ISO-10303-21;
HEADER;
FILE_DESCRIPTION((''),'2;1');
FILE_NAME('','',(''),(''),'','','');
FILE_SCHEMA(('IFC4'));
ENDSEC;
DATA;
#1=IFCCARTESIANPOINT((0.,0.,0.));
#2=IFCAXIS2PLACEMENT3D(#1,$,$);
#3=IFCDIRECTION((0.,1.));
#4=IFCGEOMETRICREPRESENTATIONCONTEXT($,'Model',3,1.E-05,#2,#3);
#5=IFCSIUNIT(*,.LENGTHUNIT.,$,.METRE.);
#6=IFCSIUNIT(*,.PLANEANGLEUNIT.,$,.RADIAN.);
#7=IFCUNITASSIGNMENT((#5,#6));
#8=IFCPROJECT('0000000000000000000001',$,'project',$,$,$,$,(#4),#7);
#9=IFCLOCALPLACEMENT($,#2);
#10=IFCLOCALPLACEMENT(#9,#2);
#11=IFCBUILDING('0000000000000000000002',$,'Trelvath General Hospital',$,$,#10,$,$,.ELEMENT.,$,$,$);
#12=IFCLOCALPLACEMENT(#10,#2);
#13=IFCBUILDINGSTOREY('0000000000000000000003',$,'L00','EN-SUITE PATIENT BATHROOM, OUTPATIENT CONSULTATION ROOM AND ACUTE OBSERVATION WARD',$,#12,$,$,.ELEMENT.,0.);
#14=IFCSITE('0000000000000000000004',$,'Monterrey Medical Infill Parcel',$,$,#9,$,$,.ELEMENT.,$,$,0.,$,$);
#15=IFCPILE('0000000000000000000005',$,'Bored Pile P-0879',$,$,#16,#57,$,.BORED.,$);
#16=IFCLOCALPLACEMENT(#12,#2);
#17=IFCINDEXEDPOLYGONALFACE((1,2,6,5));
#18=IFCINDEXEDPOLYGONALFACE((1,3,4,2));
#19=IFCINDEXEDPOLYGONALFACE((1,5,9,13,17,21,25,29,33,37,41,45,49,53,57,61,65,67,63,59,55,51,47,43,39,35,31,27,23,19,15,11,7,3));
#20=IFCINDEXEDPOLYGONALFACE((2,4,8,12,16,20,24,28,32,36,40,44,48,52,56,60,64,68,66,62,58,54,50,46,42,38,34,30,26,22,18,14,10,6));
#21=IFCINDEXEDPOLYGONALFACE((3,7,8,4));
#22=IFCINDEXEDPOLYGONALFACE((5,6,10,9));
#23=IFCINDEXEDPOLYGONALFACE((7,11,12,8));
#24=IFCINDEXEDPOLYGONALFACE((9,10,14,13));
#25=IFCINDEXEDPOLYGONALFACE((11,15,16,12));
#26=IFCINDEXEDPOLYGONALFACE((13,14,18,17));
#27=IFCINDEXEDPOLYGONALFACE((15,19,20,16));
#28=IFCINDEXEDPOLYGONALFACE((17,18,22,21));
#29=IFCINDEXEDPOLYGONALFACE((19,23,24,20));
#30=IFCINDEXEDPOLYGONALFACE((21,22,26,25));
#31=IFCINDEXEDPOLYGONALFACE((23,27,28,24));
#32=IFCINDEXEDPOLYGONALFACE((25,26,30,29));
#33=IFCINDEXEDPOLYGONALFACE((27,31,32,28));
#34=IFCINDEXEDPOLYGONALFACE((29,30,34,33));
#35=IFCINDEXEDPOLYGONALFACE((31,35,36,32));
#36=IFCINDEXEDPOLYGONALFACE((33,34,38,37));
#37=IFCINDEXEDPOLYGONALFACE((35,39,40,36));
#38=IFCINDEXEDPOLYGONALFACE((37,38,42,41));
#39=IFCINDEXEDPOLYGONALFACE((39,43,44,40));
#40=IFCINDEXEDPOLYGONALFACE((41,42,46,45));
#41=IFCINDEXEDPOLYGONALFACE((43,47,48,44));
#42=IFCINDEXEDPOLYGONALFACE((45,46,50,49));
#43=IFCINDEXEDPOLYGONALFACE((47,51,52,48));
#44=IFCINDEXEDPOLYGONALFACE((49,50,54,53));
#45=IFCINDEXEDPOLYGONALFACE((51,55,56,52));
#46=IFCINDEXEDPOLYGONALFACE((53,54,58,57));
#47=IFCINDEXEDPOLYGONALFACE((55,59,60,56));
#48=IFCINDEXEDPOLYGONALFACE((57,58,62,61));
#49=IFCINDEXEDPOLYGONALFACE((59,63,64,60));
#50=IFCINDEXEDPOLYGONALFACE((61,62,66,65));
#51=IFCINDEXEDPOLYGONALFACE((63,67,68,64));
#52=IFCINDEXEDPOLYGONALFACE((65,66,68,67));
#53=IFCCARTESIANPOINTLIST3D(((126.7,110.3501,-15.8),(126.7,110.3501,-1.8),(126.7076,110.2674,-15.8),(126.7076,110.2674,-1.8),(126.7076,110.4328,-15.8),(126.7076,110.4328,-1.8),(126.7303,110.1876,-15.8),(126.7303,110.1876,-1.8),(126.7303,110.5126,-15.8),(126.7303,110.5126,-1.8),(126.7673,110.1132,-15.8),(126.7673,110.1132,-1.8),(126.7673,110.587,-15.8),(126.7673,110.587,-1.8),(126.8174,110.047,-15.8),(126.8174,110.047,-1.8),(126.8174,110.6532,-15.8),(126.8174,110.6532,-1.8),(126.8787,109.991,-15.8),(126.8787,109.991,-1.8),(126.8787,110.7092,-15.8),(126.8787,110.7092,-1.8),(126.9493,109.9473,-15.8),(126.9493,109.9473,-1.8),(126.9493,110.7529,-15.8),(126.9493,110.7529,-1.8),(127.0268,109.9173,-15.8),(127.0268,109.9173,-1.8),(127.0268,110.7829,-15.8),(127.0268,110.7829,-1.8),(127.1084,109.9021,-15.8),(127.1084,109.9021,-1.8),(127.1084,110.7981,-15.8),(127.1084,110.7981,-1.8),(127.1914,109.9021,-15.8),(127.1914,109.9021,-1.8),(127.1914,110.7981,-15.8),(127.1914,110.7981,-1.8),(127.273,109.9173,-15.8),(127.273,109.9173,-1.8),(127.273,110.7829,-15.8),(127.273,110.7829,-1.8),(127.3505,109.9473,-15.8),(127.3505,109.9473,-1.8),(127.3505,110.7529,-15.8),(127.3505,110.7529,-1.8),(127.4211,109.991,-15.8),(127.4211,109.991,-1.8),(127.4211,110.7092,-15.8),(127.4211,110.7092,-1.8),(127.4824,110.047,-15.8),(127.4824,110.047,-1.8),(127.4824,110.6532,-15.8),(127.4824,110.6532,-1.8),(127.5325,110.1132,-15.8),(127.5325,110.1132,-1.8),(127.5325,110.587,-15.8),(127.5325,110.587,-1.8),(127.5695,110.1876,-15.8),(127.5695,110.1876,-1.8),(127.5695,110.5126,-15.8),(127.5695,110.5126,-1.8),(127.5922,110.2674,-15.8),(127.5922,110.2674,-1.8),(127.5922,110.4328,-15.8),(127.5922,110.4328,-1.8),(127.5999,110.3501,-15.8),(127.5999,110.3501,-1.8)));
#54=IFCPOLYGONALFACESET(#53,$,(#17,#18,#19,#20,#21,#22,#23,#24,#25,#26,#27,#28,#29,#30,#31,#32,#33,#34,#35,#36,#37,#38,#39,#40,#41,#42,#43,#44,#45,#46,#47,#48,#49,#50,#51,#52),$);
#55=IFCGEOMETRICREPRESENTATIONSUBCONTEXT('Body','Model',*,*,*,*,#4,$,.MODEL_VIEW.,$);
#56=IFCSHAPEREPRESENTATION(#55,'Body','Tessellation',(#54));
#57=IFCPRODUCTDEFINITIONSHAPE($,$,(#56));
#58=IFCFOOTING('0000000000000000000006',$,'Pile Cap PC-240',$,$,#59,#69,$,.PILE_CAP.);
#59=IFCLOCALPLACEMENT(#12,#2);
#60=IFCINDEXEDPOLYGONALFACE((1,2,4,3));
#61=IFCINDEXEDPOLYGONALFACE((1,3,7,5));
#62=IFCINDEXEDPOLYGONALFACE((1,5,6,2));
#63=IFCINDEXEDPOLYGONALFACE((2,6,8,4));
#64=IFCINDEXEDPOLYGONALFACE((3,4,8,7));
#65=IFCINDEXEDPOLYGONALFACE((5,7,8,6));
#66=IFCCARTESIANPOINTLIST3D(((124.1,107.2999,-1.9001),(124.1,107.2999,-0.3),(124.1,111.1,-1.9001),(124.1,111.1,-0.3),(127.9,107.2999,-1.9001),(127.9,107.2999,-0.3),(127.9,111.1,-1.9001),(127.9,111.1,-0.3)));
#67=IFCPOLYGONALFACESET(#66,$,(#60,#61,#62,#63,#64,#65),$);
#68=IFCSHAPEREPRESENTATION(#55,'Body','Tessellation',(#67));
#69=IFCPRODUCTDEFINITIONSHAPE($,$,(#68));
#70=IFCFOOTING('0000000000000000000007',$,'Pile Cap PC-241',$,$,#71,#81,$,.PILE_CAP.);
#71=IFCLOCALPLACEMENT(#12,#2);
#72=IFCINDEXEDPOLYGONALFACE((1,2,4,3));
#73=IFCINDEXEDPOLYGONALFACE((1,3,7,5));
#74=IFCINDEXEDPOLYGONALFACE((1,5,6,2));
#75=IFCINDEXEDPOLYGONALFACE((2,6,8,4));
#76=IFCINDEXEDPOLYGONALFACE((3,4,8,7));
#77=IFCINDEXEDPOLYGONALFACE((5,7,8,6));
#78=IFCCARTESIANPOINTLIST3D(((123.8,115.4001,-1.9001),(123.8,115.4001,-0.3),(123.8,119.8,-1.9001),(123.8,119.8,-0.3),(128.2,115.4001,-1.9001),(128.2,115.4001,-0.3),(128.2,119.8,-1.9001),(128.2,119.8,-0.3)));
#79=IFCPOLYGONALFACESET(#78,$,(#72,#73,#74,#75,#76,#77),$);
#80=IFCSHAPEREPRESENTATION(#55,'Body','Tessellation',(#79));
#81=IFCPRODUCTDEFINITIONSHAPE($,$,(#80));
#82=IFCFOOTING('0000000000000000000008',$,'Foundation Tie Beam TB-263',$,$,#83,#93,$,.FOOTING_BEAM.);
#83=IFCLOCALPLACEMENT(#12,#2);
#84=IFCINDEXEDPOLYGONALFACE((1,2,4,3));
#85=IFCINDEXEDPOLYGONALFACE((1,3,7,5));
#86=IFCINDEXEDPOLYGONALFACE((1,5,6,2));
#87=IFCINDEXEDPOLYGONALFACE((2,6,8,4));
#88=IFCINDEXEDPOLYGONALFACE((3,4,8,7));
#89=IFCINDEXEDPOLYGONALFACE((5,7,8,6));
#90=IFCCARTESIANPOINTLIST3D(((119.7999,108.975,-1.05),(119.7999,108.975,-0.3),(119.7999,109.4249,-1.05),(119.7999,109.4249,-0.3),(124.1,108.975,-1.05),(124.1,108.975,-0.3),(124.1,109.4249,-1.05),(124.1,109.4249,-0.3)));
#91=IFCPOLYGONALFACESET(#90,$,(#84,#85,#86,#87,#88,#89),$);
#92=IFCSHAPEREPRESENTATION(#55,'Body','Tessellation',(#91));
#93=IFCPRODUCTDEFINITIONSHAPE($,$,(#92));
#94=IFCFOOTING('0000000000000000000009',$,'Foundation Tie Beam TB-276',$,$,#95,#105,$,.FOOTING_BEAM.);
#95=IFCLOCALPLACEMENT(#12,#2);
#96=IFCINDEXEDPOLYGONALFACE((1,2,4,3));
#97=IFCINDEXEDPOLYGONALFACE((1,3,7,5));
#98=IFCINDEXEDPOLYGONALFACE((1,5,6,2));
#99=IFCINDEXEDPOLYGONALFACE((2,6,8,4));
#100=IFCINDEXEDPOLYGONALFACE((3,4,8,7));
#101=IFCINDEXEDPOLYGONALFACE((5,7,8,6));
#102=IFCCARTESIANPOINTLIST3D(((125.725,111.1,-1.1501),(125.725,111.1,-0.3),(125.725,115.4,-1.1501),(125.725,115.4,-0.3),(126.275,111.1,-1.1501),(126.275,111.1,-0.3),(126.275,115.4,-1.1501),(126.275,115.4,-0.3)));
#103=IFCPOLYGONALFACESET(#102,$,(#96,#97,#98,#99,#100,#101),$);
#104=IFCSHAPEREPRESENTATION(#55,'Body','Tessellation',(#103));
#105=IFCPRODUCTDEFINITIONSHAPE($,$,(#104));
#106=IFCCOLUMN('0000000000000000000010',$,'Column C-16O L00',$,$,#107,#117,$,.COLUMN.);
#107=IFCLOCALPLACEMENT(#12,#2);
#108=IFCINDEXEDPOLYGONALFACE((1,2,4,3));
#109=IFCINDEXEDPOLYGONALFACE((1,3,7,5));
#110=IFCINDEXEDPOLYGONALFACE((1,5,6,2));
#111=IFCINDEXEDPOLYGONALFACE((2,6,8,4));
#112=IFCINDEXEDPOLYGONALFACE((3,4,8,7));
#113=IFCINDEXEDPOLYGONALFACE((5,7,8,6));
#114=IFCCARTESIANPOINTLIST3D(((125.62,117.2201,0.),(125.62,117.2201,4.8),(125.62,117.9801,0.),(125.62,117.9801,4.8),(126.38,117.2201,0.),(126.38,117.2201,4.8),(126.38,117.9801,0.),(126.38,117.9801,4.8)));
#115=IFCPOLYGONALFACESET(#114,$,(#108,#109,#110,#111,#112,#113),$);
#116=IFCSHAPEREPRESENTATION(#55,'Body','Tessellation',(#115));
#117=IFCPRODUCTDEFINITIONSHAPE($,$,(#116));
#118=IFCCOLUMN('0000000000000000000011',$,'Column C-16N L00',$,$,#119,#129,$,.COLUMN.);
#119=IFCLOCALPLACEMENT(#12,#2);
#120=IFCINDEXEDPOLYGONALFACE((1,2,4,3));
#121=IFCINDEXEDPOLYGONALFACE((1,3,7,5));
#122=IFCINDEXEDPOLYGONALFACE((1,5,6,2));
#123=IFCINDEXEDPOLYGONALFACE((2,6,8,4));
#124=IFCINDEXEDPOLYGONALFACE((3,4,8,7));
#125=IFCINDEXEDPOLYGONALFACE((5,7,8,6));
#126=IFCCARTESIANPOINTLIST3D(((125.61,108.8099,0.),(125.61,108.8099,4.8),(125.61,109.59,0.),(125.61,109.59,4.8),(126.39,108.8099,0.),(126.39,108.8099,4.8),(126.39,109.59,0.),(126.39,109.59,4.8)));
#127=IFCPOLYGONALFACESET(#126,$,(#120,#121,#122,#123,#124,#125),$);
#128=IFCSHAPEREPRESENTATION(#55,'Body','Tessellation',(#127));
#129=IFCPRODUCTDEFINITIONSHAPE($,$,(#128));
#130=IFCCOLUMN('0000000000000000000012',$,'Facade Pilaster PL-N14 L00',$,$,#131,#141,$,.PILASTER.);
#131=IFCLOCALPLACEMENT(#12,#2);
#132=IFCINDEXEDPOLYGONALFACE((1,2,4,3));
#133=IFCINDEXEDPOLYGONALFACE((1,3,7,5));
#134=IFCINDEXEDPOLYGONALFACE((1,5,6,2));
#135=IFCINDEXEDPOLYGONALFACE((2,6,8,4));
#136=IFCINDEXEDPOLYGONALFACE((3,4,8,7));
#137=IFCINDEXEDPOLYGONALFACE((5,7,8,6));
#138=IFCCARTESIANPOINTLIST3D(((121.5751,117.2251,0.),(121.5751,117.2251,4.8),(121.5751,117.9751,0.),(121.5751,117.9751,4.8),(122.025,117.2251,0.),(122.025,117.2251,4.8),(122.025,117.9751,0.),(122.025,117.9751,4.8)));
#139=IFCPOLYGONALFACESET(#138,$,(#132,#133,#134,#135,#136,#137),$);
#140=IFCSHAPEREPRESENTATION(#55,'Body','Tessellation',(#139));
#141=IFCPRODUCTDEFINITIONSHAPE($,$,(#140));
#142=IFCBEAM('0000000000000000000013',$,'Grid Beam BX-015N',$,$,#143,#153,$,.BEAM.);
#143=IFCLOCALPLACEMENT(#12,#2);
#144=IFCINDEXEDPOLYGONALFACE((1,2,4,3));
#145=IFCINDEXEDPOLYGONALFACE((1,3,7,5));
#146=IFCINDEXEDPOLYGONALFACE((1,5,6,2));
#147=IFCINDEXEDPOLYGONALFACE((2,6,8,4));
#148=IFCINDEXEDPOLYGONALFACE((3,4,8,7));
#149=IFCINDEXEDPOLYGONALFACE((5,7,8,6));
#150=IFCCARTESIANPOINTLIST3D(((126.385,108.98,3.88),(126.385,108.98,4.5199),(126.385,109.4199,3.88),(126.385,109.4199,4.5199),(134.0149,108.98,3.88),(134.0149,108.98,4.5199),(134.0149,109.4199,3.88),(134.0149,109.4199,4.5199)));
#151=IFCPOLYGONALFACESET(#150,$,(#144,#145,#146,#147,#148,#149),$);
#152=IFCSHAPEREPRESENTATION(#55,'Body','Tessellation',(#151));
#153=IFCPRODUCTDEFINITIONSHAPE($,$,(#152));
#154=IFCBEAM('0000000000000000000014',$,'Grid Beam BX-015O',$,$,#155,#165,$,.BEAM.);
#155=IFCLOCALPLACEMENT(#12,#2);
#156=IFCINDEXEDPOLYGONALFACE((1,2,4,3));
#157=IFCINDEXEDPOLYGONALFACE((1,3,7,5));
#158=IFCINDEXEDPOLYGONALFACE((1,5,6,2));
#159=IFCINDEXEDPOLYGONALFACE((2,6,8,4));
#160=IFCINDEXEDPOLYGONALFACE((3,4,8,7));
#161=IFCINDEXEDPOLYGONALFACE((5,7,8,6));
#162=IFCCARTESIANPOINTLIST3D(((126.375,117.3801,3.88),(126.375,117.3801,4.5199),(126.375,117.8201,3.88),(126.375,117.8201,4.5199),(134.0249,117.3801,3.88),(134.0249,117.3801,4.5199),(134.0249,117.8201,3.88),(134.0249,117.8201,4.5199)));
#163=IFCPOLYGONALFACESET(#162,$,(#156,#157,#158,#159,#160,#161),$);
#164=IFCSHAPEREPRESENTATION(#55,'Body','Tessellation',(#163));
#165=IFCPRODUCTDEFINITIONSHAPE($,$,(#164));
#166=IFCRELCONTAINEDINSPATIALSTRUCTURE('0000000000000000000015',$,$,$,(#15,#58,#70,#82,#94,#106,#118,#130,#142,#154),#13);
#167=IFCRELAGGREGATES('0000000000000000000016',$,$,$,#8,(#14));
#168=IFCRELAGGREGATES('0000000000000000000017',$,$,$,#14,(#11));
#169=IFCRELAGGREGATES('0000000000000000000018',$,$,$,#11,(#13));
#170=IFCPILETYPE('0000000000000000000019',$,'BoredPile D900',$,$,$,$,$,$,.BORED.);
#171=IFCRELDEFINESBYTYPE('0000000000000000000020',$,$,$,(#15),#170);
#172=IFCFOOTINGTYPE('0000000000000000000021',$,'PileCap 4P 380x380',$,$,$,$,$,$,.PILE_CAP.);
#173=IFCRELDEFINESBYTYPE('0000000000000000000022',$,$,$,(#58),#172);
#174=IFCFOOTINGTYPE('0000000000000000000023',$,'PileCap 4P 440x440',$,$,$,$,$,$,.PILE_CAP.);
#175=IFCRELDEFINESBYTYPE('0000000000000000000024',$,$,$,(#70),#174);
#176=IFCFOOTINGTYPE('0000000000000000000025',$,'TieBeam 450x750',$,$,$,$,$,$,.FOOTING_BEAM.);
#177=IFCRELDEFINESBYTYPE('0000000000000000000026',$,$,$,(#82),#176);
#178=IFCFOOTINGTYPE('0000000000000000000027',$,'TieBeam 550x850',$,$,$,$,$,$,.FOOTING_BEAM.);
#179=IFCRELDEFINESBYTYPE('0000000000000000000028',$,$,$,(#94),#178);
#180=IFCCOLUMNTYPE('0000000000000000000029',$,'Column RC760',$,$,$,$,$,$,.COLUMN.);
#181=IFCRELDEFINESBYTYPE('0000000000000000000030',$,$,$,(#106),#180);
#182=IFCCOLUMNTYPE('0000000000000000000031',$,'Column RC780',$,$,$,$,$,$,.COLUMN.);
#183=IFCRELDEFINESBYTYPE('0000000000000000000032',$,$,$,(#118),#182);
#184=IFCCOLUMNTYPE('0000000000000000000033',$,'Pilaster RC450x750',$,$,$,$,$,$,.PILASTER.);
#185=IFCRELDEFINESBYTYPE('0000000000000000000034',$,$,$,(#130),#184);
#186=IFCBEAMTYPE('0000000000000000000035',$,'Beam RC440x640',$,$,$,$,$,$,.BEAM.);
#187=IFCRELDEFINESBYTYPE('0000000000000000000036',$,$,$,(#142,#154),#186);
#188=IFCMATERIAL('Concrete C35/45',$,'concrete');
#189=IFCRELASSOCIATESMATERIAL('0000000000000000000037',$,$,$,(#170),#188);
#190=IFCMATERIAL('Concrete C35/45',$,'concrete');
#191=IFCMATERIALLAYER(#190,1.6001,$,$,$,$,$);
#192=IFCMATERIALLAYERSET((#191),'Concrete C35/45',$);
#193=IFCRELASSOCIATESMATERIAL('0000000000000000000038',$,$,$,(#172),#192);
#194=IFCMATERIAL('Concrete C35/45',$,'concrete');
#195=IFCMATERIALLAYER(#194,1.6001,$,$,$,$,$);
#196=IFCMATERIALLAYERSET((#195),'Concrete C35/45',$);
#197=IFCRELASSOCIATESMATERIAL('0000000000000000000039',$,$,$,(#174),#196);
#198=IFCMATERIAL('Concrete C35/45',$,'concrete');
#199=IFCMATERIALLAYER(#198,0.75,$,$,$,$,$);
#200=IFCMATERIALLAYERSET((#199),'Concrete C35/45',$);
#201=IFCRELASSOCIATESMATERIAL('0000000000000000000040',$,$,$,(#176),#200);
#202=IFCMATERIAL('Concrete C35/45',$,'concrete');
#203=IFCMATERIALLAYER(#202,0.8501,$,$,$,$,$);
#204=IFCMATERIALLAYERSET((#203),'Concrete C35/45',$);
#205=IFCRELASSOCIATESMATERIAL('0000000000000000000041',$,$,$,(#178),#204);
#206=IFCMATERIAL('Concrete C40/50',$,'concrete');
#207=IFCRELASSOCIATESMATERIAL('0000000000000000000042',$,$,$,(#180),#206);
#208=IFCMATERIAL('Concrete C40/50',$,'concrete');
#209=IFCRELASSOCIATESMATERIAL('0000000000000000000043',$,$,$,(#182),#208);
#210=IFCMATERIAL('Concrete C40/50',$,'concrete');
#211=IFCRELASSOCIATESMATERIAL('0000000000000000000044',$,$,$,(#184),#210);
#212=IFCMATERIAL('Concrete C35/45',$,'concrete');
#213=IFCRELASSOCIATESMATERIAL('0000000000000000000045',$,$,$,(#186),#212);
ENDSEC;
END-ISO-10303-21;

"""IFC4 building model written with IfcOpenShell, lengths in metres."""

from ifc_helpers import new_model, si_unit, direction, frame, origin, origin_2d, place, context, subcontext, project, spatial, rectangle, circle, extrude, material, layer, layer_set, material_profile, profile_set, type_object, element, save


model = new_model("IFC4")

# Units and contexts
model_context = context("Model", 3, precision=1e-05, world=origin(), true_north=direction((0.0, 1.0)))
body_context = subcontext(model_context, "Body", "Model", "MODEL_VIEW")
ifc_project = project(units=[si_unit("LENGTHUNIT", "METRE"), si_unit("PLANEANGLEUNIT", "RADIAN")], contexts=[model_context])

# Site, building, storey
site_placement = place(None, origin())
site = spatial("IfcSite", under=ifc_project, at=site_placement, Name="Monterrey Medical Infill Parcel", CompositionType="ELEMENT", RefElevation=0.0)
building_placement = place(site_placement, origin())
building = spatial("IfcBuilding", under=site, at=building_placement, Name="Trelvath General Hospital", CompositionType="ELEMENT")
storey_placement = place(building_placement, origin())
storey = spatial("IfcBuildingStorey", under=building, at=storey_placement, Name="L00", Description="EN-SUITE PATIENT BATHROOM, OUTPATIENT CONSULTATION ROOM AND ACUTE OBSERVATION WARD", CompositionType="ELEMENT", Elevation=0.0)

# Pile
ifc_material_1 = material(Name="Concrete C35/45", Category="concrete")
ifc_material_profile_1 = material_profile(ifc_material_1, circle(Radius=0.45, at=origin_2d()), Name="PILE900")
ifc_profile_set_1 = profile_set([ifc_material_profile_1], Name="Concrete C35/45")
pile_type_1 = type_object("IfcPileType", Name="BoredPile D900", PredefinedType="BORED", material=ifc_profile_set_1)
for number, where, z_axis, x_axis, name in (
    (1, (127.1499, 110.3501, -1.8), (0.0, 0.0, -1.0), (1.0, 0.0, 0.0), "Bored Pile P-0879"),
):
    element("IfcPile", number, at=place(storey_placement, frame(where, z_axis=z_axis, x_axis=x_axis)), inside=storey, type_object=pile_type_1, Name=name, PredefinedType="BORED", context=body_context, shape_type="SweptSolid", body=[
        extrude(circle(Radius=0.45, at=origin_2d()), origin(), (0.0, 0.0, 1.0), 14.0),
    ])

# Footings
ifc_material_2 = material(Name="Concrete C35/45", Category="concrete")
ifc_layer_1 = layer(ifc_material_2, 1.6001)
ifc_layer_set_1 = layer_set([ifc_layer_1], Name="Concrete C35/45")
footing_type_1 = type_object("IfcFootingType", Name="PileCap 4P 380x380", PredefinedType="PILE_CAP", material=ifc_layer_set_1)
footing_1_placement = place(storey_placement, frame((126.0, 109.2, -1.9001), z_axis=(0.0, 0.0, 1.0), x_axis=(1.0, 0.0, 0.0)))
element("IfcFooting", 2, at=footing_1_placement, inside=storey, type_object=footing_type_1, Name="Pile Cap PC-240", PredefinedType="PILE_CAP", context=body_context, shape_type="SweptSolid", body=[
    extrude(rectangle(XDim=3.8, YDim=3.8, at=origin_2d()), origin(), (0.0, 0.0, 1.0), 1.6001),
])
ifc_material_3 = material(Name="Concrete C35/45", Category="concrete")
ifc_layer_2 = layer(ifc_material_3, 1.6001)
ifc_layer_set_2 = layer_set([ifc_layer_2], Name="Concrete C35/45")
footing_type_2 = type_object("IfcFootingType", Name="PileCap 4P 440x440", PredefinedType="PILE_CAP", material=ifc_layer_set_2)
footing_2_placement = place(storey_placement, frame((126.0, 117.6001, -1.9001), z_axis=(0.0, 0.0, 1.0), x_axis=(1.0, 0.0, 0.0)))
element("IfcFooting", 3, at=footing_2_placement, inside=storey, type_object=footing_type_2, Name="Pile Cap PC-241", PredefinedType="PILE_CAP", context=body_context, shape_type="SweptSolid", body=[
    extrude(rectangle(XDim=4.3999, YDim=4.3999, at=origin_2d()), origin(), (0.0, 0.0, 1.0), 1.6001),
])
ifc_material_4 = material(Name="Concrete C35/45", Category="concrete")
ifc_layer_3 = layer(ifc_material_4, 0.75)
ifc_layer_set_3 = layer_set([ifc_layer_3], Name="Concrete C35/45")
footing_type_3 = type_object("IfcFootingType", Name="TieBeam 450x750", PredefinedType="FOOTING_BEAM", material=ifc_layer_set_3)
footing_3_placement = place(storey_placement, frame((121.95, 109.2, -1.05), z_axis=(0.0, 0.0, 1.0), x_axis=(1.0, 0.0, 0.0)))
element("IfcFooting", 4, at=footing_3_placement, inside=storey, type_object=footing_type_3, Name="Foundation Tie Beam TB-263", PredefinedType="FOOTING_BEAM", context=body_context, shape_type="SweptSolid", body=[
    extrude(rectangle(XDim=4.3, YDim=0.45, at=origin_2d()), origin(), (0.0, 0.0, 1.0), 0.75),
])
ifc_material_5 = material(Name="Concrete C35/45", Category="concrete")
ifc_layer_4 = layer(ifc_material_5, 0.8501)
ifc_layer_set_4 = layer_set([ifc_layer_4], Name="Concrete C35/45")
footing_type_4 = type_object("IfcFootingType", Name="TieBeam 550x850", PredefinedType="FOOTING_BEAM", material=ifc_layer_set_4)
footing_4_placement = place(storey_placement, frame((126.0, 113.25, -1.1501), z_axis=(0.0, 0.0, 1.0), x_axis=(1.0, 0.0, 0.0)))
element("IfcFooting", 5, at=footing_4_placement, inside=storey, type_object=footing_type_4, Name="Foundation Tie Beam TB-276", PredefinedType="FOOTING_BEAM", context=body_context, shape_type="SweptSolid", body=[
    extrude(rectangle(XDim=0.55, YDim=4.3, at=origin_2d()), origin(), (0.0, 0.0, 1.0), 0.8501),
])

# Columns
ifc_material_6 = material(Name="Concrete C40/50", Category="concrete")
ifc_material_profile_2 = material_profile(ifc_material_6, rectangle(XDim=0.76, YDim=0.76, at=origin_2d()), Name="RC760x760")
ifc_profile_set_2 = profile_set([ifc_material_profile_2], Name="Concrete C40/50")
column_type_1 = type_object("IfcColumnType", Name="Column RC760", PredefinedType="COLUMN", material=ifc_profile_set_2)
column_1_placement = place(storey_placement, frame((126.0, 117.6001, 0.0), z_axis=(0.0, 0.0, 1.0), x_axis=(1.0, 0.0, 0.0)))
element("IfcColumn", 6, at=column_1_placement, inside=storey, type_object=column_type_1, Name="Column C-16O L00", PredefinedType="COLUMN", context=body_context, shape_type="SweptSolid", body=[
    extrude(rectangle(XDim=0.76, YDim=0.76, at=origin_2d()), origin(), (0.0, 0.0, 1.0), 4.8),
])
ifc_material_7 = material(Name="Concrete C40/50", Category="concrete")
ifc_material_profile_3 = material_profile(ifc_material_7, rectangle(XDim=0.78, YDim=0.78, at=origin_2d()), Name="RC780x780")
ifc_profile_set_3 = profile_set([ifc_material_profile_3], Name="Concrete C40/50")
column_type_2 = type_object("IfcColumnType", Name="Column RC780", PredefinedType="COLUMN", material=ifc_profile_set_3)
column_2_placement = place(storey_placement, frame((126.0, 109.2, 0.0), z_axis=(0.0, 0.0, 1.0), x_axis=(1.0, 0.0, 0.0)))
element("IfcColumn", 7, at=column_2_placement, inside=storey, type_object=column_type_2, Name="Column C-16N L00", PredefinedType="COLUMN", context=body_context, shape_type="SweptSolid", body=[
    extrude(rectangle(XDim=0.78, YDim=0.78, at=origin_2d()), origin(), (0.0, 0.0, 1.0), 4.8),
])
ifc_material_8 = material(Name="Concrete C40/50", Category="concrete")
ifc_material_profile_4 = material_profile(ifc_material_8, rectangle(XDim=0.45, YDim=0.75, at=origin_2d()), Name="RC450x750")
ifc_profile_set_4 = profile_set([ifc_material_profile_4], Name="Concrete C40/50")
column_type_3 = type_object("IfcColumnType", Name="Pilaster RC450x750", PredefinedType="PILASTER", material=ifc_profile_set_4)
column_3_placement = place(storey_placement, frame((121.8, 117.6001, 0.0), z_axis=(0.0, 0.0, 1.0), x_axis=(1.0, 0.0, 0.0)))
element("IfcColumn", 8, at=column_3_placement, inside=storey, type_object=column_type_3, Name="Facade Pilaster PL-N14 L00", PredefinedType="PILASTER", context=body_context, shape_type="SweptSolid", body=[
    extrude(rectangle(XDim=0.45, YDim=0.75, at=origin_2d()), origin(), (0.0, 0.0, 1.0), 4.8),
])

# Beams
ifc_material_9 = material(Name="Concrete C35/45", Category="concrete")
ifc_material_profile_5 = material_profile(ifc_material_9, rectangle(XDim=0.4399, YDim=0.6399, at=origin_2d()), Name="RCB440x640")
ifc_profile_set_5 = profile_set([ifc_material_profile_5], Name="Concrete C35/45")
beam_type_1 = type_object("IfcBeamType", Name="Beam RC440x640", PredefinedType="BEAM", material=ifc_profile_set_5)
beam_1_placement = place(storey_placement, frame((126.385, 109.2, 4.2), z_axis=(1.0, 0.0, 0.0), x_axis=(0.0, 1.0, 0.0)))
element("IfcBeam", 9, at=beam_1_placement, inside=storey, type_object=beam_type_1, Name="Grid Beam BX-015N", PredefinedType="BEAM", context=body_context, shape_type="SweptSolid", body=[
    extrude(rectangle(XDim=0.4399, YDim=0.6399, at=origin_2d()), origin(), (0.0, 0.0, 1.0), 7.6299),
])
beam_2_placement = place(storey_placement, frame((126.375, 117.6001, 4.2), z_axis=(1.0, 0.0, 0.0), x_axis=(0.0, 1.0, 0.0)))
element("IfcBeam", 10, at=beam_2_placement, inside=storey, type_object=beam_type_1, Name="Grid Beam BX-015O", PredefinedType="BEAM", context=body_context, shape_type="SweptSolid", body=[
    extrude(rectangle(XDim=0.4399, YDim=0.6399, at=origin_2d()), origin(), (0.0, 0.0, 1.0), 7.6499),
])

save(model, "model.ifc")
